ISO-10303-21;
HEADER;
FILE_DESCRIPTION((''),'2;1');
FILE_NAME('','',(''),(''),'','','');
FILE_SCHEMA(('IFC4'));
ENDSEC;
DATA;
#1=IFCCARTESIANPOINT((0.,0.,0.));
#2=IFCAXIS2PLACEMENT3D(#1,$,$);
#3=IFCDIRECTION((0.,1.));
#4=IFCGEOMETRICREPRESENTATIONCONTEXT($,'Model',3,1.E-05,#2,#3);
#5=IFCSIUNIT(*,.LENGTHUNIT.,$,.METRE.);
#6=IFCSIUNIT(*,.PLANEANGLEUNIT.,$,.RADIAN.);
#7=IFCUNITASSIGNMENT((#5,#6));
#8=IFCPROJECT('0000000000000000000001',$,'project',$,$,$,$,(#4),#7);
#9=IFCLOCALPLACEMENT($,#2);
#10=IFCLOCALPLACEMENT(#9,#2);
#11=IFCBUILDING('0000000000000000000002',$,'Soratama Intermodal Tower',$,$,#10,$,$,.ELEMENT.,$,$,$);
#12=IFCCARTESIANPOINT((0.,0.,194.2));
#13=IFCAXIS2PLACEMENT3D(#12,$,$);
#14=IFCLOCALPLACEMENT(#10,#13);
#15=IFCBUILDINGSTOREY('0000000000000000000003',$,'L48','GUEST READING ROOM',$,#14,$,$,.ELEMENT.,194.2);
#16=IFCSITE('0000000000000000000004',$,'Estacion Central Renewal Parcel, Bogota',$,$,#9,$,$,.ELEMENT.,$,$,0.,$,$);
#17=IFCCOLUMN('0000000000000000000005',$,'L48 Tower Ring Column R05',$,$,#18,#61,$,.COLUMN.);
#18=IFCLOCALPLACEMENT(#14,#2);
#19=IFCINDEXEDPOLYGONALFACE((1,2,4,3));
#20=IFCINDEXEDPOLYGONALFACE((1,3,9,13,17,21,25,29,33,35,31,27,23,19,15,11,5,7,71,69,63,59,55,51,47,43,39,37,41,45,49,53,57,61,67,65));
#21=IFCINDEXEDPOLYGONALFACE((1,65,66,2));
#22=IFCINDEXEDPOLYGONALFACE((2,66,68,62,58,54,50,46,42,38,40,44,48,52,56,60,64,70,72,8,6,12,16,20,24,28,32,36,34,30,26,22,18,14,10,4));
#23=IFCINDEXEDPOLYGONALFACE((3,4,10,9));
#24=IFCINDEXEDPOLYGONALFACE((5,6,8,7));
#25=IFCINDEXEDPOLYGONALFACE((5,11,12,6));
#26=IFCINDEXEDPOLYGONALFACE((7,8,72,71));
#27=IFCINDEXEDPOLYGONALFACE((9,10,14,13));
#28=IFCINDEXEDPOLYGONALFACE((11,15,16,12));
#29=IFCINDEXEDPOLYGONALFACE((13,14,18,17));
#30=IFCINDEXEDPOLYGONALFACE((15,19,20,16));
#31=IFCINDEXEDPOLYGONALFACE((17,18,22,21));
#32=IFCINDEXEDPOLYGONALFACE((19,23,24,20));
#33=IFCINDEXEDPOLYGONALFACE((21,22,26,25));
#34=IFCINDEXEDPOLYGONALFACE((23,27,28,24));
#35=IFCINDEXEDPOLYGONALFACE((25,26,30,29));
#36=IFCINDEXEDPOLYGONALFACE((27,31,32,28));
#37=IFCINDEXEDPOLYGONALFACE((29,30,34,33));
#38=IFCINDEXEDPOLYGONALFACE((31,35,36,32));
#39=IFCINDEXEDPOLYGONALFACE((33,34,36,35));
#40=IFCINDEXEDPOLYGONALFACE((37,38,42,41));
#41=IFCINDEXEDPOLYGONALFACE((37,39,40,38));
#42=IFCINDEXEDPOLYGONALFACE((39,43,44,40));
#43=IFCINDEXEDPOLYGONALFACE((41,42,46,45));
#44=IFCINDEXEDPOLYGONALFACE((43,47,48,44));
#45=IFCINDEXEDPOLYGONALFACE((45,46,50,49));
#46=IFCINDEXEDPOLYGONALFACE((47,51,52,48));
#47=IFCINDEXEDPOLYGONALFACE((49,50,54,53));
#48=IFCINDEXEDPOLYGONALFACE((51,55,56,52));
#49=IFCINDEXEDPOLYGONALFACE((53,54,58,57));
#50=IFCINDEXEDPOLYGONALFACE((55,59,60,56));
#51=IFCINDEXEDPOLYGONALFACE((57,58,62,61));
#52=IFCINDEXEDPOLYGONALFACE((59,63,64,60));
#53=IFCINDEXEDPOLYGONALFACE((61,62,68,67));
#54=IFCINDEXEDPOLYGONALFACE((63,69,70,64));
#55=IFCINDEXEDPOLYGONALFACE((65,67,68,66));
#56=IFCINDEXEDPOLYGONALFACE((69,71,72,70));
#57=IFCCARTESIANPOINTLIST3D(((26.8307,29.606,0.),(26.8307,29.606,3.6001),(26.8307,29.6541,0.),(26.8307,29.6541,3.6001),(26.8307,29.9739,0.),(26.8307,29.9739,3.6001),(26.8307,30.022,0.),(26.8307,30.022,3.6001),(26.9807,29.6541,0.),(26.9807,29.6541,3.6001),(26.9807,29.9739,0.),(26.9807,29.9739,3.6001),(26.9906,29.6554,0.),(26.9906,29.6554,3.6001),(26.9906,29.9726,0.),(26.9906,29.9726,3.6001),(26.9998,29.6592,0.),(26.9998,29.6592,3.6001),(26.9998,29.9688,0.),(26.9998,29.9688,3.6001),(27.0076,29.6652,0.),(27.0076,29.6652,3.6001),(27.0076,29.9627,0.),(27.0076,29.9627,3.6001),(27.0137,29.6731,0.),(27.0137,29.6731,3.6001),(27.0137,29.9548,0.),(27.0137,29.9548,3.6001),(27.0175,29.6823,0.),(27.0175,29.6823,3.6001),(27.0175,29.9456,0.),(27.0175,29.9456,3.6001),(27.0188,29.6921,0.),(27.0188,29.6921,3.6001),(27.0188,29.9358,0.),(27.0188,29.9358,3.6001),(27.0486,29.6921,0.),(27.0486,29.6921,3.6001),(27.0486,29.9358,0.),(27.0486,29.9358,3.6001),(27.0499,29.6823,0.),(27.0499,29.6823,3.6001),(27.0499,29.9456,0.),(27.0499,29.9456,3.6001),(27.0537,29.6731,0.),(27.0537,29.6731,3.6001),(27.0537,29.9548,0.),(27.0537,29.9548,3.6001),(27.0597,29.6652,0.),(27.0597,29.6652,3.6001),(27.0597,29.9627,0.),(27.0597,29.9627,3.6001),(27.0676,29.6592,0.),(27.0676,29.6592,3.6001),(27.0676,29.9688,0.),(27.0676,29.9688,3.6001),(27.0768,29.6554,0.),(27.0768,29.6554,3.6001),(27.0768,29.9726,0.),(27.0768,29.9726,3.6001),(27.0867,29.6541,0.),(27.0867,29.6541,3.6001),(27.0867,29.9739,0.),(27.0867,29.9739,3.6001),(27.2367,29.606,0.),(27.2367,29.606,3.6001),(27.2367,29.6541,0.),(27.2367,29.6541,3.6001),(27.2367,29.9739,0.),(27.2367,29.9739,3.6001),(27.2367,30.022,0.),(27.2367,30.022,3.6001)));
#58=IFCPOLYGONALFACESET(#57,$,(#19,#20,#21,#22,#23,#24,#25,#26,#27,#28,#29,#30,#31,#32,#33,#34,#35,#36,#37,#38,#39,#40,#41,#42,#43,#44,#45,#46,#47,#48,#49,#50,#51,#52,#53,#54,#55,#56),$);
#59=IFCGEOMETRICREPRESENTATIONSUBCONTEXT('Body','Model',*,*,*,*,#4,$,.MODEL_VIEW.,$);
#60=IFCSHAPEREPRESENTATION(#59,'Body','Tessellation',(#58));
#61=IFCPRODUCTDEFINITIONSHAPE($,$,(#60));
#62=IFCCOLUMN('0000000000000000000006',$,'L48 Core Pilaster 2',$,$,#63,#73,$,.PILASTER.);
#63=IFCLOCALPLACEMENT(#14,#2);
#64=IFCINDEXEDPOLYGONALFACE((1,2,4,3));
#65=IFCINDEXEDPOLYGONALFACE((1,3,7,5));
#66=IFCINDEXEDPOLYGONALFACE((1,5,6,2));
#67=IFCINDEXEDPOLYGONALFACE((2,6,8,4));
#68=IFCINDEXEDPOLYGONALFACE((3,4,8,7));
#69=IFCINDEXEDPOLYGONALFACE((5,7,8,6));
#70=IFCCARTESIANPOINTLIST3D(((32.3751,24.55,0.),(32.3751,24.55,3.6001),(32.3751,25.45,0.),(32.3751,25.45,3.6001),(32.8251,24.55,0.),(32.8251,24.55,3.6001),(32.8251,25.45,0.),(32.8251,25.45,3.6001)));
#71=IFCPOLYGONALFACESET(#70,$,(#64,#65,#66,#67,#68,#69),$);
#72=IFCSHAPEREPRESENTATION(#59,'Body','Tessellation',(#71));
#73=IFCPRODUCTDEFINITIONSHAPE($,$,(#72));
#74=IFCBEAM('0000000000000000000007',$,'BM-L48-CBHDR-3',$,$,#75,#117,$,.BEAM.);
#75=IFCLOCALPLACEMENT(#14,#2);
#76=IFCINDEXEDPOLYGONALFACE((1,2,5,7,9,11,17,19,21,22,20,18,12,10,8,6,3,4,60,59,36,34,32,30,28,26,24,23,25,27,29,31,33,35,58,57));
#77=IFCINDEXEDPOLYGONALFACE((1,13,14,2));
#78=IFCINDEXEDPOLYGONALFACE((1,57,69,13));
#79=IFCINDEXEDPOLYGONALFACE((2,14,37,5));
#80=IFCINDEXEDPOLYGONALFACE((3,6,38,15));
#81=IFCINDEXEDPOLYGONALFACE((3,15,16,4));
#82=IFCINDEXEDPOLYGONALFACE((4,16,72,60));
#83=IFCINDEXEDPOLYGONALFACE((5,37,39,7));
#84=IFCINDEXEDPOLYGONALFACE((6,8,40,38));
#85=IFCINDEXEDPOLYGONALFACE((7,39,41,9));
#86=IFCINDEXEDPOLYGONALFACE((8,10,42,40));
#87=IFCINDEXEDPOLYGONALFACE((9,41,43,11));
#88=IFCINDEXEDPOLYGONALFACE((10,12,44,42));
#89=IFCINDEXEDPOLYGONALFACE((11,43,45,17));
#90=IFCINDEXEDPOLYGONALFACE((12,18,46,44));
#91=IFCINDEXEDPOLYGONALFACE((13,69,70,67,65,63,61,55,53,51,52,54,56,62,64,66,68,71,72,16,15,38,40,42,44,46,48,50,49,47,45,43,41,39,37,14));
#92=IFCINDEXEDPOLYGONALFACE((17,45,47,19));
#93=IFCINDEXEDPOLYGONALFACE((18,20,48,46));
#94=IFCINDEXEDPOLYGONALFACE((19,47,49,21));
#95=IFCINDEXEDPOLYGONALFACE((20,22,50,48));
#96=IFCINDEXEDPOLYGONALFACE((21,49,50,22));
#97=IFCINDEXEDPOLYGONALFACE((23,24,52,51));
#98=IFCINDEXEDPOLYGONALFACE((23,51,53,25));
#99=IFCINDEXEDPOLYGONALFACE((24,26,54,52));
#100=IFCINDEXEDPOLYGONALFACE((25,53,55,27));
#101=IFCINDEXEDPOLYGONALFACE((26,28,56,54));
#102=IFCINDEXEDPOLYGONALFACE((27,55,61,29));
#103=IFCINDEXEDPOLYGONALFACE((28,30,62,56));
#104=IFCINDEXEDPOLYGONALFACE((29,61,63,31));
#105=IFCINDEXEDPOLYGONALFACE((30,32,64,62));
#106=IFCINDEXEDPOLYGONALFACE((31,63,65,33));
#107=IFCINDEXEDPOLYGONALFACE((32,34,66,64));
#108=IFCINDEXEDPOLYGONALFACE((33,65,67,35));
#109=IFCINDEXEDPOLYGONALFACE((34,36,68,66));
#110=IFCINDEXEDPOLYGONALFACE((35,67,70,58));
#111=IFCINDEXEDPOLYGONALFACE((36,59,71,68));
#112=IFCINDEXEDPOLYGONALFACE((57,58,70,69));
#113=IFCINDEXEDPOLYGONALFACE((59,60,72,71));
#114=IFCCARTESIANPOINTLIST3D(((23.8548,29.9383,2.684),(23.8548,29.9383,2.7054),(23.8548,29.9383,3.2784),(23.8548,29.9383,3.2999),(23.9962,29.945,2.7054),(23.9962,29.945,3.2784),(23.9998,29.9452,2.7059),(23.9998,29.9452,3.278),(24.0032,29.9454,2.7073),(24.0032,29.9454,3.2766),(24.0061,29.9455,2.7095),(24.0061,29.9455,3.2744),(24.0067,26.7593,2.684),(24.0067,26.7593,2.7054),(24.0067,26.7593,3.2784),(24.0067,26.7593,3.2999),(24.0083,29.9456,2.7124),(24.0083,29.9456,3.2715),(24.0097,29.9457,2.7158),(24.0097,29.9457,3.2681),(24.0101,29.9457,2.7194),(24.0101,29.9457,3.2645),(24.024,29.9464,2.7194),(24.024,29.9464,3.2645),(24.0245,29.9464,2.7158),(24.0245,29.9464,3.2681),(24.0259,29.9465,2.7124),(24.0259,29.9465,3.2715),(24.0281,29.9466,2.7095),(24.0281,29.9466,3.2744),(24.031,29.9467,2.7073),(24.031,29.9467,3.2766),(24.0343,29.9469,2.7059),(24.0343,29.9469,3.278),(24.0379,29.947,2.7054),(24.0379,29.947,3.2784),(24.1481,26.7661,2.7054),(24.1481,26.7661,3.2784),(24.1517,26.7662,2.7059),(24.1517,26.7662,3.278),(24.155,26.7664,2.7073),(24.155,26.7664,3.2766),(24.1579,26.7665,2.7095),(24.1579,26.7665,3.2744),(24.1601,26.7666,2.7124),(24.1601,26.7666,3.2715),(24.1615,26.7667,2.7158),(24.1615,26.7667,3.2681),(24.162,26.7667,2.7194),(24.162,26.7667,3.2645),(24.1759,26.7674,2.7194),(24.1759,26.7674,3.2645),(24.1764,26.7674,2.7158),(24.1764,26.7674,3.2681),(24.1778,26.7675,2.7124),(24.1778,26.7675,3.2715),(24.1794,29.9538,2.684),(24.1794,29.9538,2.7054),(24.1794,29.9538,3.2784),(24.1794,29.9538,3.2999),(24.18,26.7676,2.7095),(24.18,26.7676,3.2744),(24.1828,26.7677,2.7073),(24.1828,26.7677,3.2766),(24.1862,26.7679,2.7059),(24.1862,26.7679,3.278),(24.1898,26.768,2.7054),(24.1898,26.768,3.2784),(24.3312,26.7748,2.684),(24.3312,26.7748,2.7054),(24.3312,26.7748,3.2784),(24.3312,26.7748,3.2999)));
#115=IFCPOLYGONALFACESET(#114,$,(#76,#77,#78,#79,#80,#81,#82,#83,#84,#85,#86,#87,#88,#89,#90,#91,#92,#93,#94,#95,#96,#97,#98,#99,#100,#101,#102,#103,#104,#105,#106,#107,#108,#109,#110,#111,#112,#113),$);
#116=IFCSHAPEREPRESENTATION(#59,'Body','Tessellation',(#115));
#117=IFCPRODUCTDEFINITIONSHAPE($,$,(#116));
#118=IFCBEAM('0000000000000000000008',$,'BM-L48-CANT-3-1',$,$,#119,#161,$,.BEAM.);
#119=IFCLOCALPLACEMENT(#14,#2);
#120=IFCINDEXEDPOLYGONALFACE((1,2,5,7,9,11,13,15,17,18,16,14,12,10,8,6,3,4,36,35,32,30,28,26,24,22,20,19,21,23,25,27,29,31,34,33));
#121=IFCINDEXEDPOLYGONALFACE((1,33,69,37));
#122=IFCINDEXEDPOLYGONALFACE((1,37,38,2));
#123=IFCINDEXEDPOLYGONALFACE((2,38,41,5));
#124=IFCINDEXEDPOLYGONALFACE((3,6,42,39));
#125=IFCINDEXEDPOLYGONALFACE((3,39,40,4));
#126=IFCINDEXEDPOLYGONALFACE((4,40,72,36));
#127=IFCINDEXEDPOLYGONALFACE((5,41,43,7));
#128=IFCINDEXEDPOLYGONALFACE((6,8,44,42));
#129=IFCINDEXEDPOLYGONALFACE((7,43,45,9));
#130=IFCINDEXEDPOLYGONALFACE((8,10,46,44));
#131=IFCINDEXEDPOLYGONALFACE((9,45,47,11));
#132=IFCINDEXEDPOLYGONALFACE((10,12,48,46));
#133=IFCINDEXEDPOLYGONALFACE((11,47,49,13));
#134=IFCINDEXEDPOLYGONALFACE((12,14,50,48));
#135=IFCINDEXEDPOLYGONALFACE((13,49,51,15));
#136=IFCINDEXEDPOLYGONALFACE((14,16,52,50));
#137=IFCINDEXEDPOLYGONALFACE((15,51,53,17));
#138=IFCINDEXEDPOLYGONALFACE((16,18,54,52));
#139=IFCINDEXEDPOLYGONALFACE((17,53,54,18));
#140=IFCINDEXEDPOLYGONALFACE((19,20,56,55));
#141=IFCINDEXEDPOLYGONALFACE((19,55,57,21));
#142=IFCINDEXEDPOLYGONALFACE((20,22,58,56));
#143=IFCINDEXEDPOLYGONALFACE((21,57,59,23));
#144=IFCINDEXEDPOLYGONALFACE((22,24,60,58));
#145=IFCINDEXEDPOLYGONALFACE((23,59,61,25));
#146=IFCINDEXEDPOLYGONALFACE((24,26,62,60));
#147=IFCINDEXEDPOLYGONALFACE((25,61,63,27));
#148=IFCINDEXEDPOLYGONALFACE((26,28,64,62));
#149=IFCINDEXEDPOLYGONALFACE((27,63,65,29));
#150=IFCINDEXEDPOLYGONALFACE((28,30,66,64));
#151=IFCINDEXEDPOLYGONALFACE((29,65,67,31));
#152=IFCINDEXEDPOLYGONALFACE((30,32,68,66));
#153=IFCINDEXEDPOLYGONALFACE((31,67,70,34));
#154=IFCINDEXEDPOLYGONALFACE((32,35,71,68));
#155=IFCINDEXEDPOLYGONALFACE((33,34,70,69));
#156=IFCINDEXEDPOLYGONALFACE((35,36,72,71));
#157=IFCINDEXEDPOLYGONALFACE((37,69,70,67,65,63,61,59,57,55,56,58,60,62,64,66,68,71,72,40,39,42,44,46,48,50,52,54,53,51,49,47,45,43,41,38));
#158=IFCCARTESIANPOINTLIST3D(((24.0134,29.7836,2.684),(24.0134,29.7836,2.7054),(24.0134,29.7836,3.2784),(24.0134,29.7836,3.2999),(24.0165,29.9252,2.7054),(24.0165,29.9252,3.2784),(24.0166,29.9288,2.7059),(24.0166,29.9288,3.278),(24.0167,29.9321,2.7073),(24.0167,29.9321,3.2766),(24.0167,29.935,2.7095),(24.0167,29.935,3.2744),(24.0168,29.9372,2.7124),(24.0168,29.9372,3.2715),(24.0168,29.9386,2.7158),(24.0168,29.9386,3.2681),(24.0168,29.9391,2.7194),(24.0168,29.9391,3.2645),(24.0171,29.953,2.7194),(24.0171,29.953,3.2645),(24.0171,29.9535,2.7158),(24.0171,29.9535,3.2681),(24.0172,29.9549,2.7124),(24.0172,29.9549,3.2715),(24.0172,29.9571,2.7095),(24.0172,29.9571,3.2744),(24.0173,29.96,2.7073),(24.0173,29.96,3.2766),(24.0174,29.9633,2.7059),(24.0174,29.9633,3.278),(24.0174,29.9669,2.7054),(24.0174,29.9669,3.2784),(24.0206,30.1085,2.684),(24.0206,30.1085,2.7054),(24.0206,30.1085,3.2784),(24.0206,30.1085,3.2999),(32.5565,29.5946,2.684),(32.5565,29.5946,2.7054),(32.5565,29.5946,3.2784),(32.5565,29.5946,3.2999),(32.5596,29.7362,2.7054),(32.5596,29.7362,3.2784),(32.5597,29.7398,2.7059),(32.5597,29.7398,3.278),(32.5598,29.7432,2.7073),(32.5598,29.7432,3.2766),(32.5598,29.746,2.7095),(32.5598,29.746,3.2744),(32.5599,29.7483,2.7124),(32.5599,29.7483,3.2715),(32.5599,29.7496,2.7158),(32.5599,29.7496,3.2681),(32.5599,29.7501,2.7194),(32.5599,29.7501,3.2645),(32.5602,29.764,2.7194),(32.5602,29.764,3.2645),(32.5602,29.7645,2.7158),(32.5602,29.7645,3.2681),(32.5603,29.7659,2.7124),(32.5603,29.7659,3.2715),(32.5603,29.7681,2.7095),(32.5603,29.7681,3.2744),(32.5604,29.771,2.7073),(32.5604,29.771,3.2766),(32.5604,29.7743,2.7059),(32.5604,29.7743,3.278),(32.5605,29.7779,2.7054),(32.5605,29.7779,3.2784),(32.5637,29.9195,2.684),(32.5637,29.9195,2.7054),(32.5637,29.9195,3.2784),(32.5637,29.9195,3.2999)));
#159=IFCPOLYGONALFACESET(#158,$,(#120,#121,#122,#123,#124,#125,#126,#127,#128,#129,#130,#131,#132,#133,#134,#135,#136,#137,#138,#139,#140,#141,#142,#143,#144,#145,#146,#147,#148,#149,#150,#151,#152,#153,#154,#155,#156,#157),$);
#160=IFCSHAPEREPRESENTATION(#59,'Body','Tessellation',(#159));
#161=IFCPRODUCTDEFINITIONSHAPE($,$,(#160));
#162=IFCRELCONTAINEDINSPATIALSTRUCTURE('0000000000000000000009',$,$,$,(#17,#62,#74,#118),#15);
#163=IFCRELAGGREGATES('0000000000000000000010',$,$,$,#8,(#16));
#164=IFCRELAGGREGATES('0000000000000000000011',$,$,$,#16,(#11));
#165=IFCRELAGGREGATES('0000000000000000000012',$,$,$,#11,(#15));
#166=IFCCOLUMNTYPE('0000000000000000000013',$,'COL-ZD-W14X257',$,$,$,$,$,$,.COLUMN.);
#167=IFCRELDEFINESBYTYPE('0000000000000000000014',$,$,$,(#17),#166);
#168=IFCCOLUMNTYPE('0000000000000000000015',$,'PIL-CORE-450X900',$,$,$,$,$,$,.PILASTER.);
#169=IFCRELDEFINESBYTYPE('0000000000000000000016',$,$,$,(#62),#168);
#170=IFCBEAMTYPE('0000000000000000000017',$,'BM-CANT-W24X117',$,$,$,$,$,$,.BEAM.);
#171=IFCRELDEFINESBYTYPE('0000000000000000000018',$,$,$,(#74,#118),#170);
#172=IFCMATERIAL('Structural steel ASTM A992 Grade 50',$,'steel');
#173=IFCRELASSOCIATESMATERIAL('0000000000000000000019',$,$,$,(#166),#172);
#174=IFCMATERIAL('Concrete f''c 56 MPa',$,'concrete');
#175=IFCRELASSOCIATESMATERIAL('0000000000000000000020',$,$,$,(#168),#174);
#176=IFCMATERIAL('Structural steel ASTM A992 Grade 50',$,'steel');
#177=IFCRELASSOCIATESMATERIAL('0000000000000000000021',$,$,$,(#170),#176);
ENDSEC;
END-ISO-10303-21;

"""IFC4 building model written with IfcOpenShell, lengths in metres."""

from ifc_helpers import new_model, si_unit, direction, frame, origin, origin_2d, place, context, subcontext, project, spatial, rectangle, i_section, extrude, material, material_profile, profile_set, type_object, element, save


model = new_model("IFC4")

# Units and contexts
model_context = context("Model", 3, precision=1e-05, world=origin(), true_north=direction((0.0, 1.0)))
body_context = subcontext(model_context, "Body", "Model", "MODEL_VIEW")
ifc_project = project(units=[si_unit("LENGTHUNIT", "METRE"), si_unit("PLANEANGLEUNIT", "RADIAN")], contexts=[model_context])

# Site, building, storey
site_placement = place(None, origin())
site = spatial("IfcSite", under=ifc_project, at=site_placement, Name="Estacion Central Renewal Parcel, Bogota", CompositionType="ELEMENT", RefElevation=0.0)
building_placement = place(site_placement, origin())
building = spatial("IfcBuilding", under=site, at=building_placement, Name="Soratama Intermodal Tower", CompositionType="ELEMENT")
storey_placement = place(building_placement, frame((0.0, 0.0, 194.2)))
storey = spatial("IfcBuildingStorey", under=building, at=storey_placement, Name="L48", Description="GUEST READING ROOM", CompositionType="ELEMENT", Elevation=194.2)

# Columns
ifc_material_1 = material(Name="Structural steel ASTM A992 Grade 50", Category="steel")
ifc_material_profile_1 = material_profile(ifc_material_1, i_section(OverallWidth=0.406, OverallDepth=0.416, WebThickness=0.0298, FlangeThickness=0.0481, FilletRadius=0.0381, at=origin_2d()), Name="W14X257")
ifc_profile_set_1 = profile_set([ifc_material_profile_1], Name="Structural steel ASTM A992 Grade 50")
column_type_1 = type_object("IfcColumnType", Name="COL-ZD-W14X257", PredefinedType="COLUMN", material=ifc_profile_set_1)
column_1_placement = place(storey_placement, frame((27.0337, 29.814, 0.0), z_axis=(0.0, 0.0, 1.0), x_axis=(1.0, 0.0, 0.0)))
element("IfcColumn", 1, at=column_1_placement, inside=storey, type_object=column_type_1, Name="L48 Tower Ring Column R05", PredefinedType="COLUMN", context=body_context, shape_type="SweptSolid", body=[
    extrude(i_section(OverallWidth=0.406, OverallDepth=0.416, WebThickness=0.0298, FlangeThickness=0.0481, FilletRadius=0.0381, at=origin_2d()), origin(), (0.0, 0.0, 1.0), 3.6001),
])
ifc_material_2 = material(Name="Concrete f'c 56 MPa", Category="concrete")
ifc_material_profile_2 = material_profile(ifc_material_2, rectangle(XDim=0.45, YDim=0.8999, at=origin_2d()), Name="RC450X900")
ifc_profile_set_2 = profile_set([ifc_material_profile_2], Name="Concrete f'c 56 MPa")
column_type_2 = type_object("IfcColumnType", Name="PIL-CORE-450X900", PredefinedType="PILASTER", material=ifc_profile_set_2)
column_2_placement = place(storey_placement, frame((32.6001, 25.0, 0.0), z_axis=(0.0, 0.0, 1.0), x_axis=(1.0, 0.0, 0.0)))
element("IfcColumn", 2, at=column_2_placement, inside=storey, type_object=column_type_2, Name="L48 Core Pilaster 2", PredefinedType="PILASTER", context=body_context, shape_type="SweptSolid", body=[
    extrude(rectangle(XDim=0.45, YDim=0.8999, at=origin_2d()), origin(), (0.0, 0.0, 1.0), 3.6001),
])

# Beams
ifc_material_3 = material(Name="Structural steel ASTM A992 Grade 50", Category="steel")
ifc_material_profile_3 = material_profile(ifc_material_3, i_section(OverallWidth=0.325, OverallDepth=0.616, WebThickness=0.0139, FlangeThickness=0.0215, FilletRadius=0.0139, at=origin_2d()), Name="W24X117")
ifc_profile_set_3 = profile_set([ifc_material_profile_3], Name="Structural steel ASTM A992 Grade 50")
beam_type_1 = type_object("IfcBeamType", Name="BM-CANT-W24X117", PredefinedType="BEAM", material=ifc_profile_set_3)
beam_1_placement = place(storey_placement, frame((24.0171, 29.946, 2.9919), z_axis=(0.047715, -0.998861, 0.0), x_axis=(0.998861, 0.047715, 0.0)))
element("IfcBeam", 3, at=beam_1_placement, inside=storey, type_object=beam_type_1, Name="BM-L48-CBHDR-3", PredefinedType="BEAM", context=body_context, shape_type="SweptSolid", body=[
    extrude(i_section(OverallWidth=0.325, OverallDepth=0.616, WebThickness=0.0139, FlangeThickness=0.0215, FilletRadius=0.0139, at=origin_2d()), origin(), (0.0, 0.0, 1.0), 3.1826),
])
beam_2_placement = place(storey_placement, frame((32.5601, 29.7571, 2.9919), z_axis=(-0.999755, 0.022114, 0.0), x_axis=(-0.022114, -0.999755, 0.0)))
element("IfcBeam", 4, at=beam_2_placement, inside=storey, type_object=beam_type_1, Name="BM-L48-CANT-3-1", PredefinedType="BEAM", context=body_context, shape_type="SweptSolid", body=[
    extrude(i_section(OverallWidth=0.325, OverallDepth=0.616, WebThickness=0.0139, FlangeThickness=0.0215, FilletRadius=0.0139, at=origin_2d()), origin(), (0.0, 0.0, 1.0), 8.5452),
])

save(model, "model.ifc")
